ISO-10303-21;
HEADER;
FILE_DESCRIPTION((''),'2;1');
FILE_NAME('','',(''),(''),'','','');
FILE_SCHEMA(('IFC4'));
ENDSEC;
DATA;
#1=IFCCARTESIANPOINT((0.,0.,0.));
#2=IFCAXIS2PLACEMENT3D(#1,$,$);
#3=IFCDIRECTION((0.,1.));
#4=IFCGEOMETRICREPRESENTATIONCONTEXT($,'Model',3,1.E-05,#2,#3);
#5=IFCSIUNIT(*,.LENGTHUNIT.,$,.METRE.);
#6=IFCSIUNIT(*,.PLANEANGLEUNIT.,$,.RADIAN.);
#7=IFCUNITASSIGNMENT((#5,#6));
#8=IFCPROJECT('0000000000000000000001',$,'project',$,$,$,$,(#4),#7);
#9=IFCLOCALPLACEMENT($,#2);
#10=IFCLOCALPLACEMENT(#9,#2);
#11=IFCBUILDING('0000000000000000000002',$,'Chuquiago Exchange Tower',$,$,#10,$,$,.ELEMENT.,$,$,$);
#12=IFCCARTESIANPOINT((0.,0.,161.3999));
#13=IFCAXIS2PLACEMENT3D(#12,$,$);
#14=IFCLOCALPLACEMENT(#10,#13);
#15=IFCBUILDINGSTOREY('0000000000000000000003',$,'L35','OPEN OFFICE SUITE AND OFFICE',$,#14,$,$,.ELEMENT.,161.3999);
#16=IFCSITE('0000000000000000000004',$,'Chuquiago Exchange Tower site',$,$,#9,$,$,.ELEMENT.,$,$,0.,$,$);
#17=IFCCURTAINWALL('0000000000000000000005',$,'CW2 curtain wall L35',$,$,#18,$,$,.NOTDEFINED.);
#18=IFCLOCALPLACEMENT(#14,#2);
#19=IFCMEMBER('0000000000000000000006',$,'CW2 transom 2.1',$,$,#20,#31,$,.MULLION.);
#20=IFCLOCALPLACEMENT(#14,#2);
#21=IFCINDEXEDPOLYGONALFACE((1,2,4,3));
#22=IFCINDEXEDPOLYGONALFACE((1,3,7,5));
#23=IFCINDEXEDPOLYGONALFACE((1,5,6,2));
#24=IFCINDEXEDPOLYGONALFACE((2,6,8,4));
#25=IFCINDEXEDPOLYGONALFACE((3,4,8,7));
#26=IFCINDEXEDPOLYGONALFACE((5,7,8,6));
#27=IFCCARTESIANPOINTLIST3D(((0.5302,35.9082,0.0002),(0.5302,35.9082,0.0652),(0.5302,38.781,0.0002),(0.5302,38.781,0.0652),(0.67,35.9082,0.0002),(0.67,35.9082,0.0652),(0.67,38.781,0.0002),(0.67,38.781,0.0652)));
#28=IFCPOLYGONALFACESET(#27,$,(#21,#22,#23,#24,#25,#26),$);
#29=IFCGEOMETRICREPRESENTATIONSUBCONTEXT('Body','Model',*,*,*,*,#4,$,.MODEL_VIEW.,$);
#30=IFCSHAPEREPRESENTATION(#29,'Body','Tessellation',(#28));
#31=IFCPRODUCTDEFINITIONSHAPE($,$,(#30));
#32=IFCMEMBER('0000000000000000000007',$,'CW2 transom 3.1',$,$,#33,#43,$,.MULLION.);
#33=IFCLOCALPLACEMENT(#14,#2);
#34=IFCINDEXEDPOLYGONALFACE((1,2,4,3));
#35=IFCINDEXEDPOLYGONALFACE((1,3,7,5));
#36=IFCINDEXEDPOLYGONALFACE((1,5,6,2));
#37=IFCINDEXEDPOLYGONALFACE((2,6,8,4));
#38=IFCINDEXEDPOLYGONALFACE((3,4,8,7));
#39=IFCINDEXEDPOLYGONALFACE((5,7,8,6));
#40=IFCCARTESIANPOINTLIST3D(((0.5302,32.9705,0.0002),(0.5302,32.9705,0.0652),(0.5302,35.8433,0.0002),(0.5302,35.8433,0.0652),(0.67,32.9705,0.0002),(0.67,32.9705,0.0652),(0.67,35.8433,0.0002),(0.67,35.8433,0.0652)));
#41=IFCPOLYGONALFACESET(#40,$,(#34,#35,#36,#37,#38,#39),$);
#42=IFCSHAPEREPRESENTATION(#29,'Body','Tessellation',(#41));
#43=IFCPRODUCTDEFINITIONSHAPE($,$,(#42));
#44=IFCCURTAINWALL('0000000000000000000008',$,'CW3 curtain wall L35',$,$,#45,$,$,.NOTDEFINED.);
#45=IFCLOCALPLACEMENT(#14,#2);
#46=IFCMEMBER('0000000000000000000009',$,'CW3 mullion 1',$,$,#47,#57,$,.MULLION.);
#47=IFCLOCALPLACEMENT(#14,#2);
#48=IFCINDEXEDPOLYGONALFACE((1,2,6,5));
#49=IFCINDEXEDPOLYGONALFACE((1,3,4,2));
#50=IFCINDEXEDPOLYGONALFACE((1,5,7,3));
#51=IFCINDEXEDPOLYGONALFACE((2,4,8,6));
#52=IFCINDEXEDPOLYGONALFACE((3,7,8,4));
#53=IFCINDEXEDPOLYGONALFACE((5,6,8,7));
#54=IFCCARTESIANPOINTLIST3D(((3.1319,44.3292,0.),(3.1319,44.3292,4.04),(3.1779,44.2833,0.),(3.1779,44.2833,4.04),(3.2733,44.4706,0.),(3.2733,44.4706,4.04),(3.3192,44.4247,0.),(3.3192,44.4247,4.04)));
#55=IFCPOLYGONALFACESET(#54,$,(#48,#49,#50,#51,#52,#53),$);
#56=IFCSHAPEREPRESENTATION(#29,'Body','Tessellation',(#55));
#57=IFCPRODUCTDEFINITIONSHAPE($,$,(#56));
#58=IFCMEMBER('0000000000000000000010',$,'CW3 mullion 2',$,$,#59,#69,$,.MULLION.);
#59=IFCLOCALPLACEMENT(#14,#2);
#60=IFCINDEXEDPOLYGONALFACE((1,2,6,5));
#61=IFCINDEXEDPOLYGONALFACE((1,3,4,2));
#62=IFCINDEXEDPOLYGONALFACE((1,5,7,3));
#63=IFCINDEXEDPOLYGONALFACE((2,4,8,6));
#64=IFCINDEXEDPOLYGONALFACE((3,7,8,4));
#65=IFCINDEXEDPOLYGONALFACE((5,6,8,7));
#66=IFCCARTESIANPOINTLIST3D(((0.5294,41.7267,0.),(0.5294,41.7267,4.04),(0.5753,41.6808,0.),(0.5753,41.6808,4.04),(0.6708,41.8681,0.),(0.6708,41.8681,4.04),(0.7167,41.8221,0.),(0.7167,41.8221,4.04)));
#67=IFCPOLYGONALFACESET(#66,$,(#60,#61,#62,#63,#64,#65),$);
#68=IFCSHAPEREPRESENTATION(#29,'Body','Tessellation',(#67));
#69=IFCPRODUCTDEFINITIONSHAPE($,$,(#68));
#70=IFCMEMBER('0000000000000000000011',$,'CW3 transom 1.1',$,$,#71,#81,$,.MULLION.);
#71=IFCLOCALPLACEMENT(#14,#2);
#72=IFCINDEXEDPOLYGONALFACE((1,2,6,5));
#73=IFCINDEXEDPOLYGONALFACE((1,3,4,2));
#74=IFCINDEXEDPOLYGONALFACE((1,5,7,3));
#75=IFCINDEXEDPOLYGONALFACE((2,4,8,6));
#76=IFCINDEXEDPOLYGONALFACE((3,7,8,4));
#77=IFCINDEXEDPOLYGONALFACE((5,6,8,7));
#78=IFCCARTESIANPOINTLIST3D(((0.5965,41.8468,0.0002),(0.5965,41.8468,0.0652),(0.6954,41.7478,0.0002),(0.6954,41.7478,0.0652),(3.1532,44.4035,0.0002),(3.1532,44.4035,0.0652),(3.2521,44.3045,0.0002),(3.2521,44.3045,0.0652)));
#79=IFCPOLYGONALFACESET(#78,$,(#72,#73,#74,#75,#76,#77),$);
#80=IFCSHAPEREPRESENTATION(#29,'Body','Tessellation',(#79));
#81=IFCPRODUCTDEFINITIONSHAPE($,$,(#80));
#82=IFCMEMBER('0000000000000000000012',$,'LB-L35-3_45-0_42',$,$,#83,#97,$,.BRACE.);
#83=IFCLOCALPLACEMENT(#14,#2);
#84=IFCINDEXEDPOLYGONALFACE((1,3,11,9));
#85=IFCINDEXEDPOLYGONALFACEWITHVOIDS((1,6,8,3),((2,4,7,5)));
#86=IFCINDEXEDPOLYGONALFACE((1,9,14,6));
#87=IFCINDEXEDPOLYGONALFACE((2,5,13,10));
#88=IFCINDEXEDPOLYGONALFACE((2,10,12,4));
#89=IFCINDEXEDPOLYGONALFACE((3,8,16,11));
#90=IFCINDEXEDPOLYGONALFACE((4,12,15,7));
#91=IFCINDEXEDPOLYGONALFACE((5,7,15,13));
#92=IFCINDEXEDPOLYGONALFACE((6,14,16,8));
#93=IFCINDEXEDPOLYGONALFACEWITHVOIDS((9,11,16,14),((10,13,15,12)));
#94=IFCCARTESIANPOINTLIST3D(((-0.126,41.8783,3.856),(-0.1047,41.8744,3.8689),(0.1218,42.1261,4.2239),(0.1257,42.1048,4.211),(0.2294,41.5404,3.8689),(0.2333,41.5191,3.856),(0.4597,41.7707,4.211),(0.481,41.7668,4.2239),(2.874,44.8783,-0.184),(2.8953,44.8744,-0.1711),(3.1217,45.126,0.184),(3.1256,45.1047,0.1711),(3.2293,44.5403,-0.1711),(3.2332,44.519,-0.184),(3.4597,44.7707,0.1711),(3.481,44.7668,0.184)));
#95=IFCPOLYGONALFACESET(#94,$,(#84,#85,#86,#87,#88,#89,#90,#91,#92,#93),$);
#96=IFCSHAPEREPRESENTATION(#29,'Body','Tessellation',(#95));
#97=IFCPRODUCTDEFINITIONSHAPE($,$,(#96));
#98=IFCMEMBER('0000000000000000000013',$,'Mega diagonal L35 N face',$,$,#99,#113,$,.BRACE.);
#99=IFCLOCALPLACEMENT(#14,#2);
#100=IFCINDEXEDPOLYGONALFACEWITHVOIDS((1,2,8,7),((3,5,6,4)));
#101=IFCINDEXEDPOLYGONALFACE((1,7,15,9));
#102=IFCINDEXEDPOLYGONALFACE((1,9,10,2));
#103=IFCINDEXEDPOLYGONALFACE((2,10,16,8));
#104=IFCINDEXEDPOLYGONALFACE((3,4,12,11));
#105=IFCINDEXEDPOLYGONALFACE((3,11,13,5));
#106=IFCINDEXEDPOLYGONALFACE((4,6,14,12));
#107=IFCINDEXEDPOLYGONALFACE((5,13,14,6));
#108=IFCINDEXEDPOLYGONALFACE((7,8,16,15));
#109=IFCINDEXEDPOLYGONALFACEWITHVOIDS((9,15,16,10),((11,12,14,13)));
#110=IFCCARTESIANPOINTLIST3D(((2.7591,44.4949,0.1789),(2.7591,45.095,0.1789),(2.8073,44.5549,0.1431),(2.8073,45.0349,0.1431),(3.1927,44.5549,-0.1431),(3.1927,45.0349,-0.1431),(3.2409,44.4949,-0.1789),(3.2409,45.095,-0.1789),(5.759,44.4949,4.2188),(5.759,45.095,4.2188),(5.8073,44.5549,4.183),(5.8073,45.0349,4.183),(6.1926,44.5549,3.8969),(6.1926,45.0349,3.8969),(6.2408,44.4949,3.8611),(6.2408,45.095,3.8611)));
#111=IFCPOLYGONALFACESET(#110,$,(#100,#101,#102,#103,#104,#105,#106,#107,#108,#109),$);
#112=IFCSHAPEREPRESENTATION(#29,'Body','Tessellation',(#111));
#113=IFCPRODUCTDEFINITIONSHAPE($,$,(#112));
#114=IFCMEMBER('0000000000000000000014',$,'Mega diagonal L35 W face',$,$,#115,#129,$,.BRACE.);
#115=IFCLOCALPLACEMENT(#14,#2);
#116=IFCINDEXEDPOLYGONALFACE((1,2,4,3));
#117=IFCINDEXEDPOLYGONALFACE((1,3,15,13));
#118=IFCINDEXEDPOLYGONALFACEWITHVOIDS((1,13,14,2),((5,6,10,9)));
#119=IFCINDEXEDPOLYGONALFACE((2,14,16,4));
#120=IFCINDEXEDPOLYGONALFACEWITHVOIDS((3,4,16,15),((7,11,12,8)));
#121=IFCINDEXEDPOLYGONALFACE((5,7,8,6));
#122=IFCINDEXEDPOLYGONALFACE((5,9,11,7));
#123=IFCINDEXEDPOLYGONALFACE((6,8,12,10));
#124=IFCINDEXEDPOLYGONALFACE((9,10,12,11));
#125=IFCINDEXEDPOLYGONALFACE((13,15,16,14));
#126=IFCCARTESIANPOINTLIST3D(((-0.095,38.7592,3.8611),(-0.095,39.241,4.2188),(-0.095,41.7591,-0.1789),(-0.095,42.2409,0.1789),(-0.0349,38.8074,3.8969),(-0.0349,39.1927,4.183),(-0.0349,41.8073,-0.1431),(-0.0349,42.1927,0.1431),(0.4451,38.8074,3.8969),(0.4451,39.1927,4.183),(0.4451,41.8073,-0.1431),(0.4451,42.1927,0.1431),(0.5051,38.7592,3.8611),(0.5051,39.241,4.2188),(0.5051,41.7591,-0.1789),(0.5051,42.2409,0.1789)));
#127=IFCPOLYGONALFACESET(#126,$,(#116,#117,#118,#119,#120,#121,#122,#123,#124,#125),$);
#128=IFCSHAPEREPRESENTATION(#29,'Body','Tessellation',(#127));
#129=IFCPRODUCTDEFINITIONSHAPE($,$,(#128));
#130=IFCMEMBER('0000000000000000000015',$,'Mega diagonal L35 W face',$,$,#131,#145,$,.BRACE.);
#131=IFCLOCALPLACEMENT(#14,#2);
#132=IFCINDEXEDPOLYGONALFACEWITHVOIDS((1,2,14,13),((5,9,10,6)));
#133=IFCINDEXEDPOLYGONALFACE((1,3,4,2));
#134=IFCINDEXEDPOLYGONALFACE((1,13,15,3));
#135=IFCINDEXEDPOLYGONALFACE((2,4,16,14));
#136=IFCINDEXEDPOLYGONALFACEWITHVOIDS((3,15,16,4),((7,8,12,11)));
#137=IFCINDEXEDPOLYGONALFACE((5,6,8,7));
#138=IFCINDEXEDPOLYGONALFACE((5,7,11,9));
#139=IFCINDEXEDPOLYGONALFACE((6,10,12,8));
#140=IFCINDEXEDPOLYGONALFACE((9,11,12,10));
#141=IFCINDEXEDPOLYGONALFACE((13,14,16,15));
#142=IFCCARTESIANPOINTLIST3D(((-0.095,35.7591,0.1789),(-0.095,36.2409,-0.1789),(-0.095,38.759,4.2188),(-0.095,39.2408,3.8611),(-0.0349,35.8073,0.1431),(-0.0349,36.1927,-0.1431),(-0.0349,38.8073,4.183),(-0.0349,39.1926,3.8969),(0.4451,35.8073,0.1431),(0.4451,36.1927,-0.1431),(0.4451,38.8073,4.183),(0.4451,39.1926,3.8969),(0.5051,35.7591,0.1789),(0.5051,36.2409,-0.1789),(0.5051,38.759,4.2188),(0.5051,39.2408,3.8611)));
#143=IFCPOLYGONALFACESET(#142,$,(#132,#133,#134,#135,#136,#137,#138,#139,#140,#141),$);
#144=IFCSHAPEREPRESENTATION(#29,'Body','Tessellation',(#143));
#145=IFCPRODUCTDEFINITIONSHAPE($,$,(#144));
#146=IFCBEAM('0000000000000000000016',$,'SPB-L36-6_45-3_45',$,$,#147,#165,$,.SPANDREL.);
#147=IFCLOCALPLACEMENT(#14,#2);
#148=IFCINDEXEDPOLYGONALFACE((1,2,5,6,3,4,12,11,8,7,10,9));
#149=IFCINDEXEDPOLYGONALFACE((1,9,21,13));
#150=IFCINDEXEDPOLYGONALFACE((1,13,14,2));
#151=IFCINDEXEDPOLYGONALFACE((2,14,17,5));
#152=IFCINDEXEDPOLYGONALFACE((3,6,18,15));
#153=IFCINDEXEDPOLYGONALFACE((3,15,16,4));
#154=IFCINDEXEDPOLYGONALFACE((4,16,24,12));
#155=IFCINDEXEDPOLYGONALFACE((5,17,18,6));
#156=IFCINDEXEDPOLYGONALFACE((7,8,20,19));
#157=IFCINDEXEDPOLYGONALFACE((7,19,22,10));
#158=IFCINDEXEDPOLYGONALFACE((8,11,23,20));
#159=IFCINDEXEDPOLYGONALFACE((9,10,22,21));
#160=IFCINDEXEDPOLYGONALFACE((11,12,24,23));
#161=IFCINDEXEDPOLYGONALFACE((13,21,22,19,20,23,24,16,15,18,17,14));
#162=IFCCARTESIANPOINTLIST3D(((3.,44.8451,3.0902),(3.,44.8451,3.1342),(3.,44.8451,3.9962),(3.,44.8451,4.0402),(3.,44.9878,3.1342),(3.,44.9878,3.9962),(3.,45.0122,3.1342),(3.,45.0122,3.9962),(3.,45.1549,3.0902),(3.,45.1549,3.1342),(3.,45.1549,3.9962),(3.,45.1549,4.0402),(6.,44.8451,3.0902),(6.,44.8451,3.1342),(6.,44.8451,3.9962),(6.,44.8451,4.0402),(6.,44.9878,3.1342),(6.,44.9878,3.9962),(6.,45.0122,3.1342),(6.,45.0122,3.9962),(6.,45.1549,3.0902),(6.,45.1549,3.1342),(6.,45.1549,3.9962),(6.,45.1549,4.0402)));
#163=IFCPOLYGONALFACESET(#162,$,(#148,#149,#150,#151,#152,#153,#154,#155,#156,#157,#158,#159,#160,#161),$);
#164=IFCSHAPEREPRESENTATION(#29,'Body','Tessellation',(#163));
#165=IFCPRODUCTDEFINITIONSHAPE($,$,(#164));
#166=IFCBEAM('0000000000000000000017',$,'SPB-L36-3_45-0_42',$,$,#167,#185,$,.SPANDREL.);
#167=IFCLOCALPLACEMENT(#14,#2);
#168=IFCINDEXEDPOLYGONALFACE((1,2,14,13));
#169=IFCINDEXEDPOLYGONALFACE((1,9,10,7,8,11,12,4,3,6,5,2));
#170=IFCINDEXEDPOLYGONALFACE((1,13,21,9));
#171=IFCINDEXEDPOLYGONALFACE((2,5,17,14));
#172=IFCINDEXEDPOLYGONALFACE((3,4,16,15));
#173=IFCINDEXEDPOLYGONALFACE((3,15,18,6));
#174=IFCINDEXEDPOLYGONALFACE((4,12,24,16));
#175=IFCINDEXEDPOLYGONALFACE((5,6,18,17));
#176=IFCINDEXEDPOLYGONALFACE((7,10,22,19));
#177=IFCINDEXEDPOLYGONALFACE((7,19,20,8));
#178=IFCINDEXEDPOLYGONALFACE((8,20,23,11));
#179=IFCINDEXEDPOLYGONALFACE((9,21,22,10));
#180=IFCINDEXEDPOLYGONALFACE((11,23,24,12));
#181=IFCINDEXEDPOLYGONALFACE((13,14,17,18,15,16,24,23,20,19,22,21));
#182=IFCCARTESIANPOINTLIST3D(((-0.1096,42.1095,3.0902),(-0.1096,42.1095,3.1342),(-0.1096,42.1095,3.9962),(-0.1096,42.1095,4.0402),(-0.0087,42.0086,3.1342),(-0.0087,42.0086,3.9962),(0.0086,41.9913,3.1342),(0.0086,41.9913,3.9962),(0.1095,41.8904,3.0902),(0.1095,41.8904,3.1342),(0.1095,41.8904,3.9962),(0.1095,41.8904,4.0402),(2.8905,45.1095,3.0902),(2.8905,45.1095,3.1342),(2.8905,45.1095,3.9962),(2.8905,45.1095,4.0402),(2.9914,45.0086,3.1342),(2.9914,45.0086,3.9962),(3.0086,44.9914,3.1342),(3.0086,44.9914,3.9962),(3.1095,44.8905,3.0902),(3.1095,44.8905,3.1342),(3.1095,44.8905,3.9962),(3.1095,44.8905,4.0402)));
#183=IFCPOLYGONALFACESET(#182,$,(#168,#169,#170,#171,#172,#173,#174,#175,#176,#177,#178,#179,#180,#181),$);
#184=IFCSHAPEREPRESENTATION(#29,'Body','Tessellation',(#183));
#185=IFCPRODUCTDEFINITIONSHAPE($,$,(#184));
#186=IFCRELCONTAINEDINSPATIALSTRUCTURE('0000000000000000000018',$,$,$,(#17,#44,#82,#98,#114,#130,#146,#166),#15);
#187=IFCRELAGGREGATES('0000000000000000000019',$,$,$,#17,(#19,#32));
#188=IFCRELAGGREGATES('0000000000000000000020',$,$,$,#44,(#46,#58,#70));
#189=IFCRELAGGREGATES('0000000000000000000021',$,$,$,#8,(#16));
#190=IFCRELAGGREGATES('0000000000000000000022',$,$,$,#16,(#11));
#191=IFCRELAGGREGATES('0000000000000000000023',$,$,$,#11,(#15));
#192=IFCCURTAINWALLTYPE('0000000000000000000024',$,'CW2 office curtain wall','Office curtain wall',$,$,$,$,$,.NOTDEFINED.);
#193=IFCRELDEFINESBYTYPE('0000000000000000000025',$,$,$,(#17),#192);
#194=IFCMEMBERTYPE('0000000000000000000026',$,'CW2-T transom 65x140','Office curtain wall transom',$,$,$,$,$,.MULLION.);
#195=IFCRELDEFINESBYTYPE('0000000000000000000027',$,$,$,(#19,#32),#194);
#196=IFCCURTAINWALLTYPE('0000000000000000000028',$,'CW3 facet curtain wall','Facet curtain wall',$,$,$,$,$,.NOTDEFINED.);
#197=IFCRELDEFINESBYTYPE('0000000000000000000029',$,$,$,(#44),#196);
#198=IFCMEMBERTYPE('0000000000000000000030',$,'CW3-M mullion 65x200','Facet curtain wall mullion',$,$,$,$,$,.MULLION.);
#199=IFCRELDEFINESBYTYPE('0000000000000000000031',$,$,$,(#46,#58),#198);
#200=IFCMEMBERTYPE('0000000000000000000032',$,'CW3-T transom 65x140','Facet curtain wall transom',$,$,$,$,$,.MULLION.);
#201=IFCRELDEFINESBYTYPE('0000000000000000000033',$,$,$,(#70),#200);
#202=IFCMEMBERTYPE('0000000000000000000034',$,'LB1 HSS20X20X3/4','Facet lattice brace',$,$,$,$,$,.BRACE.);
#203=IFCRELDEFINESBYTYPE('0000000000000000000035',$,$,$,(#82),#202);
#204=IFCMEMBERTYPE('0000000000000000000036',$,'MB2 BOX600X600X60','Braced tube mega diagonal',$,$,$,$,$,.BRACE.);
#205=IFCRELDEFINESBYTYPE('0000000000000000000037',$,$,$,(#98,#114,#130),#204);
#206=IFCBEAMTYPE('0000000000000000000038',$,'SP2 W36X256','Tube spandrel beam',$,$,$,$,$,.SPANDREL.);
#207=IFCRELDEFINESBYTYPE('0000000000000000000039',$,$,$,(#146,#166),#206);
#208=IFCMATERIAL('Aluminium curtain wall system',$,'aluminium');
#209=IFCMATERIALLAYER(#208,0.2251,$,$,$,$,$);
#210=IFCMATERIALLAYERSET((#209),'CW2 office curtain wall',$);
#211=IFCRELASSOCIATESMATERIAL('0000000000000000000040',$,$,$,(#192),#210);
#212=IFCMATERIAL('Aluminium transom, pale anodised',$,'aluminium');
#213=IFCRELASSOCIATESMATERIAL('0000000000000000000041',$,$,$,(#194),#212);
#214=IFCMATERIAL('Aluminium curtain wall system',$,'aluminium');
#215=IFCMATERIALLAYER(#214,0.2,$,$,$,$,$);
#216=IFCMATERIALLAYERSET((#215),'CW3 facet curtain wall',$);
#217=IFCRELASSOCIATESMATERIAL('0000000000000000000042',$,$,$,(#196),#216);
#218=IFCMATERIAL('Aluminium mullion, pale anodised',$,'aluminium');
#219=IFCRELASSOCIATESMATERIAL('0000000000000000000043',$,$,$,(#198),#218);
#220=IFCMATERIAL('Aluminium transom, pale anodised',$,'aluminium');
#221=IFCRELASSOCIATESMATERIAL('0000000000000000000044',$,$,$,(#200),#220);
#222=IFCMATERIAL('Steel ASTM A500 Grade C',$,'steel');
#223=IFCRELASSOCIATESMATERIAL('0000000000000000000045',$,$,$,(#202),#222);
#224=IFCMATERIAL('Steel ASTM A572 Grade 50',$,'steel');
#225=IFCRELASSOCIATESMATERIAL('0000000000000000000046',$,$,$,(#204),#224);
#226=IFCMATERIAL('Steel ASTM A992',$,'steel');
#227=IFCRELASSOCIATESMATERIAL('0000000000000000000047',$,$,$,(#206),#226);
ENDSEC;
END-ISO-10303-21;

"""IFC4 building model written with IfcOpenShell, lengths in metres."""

from ifc_helpers import new_model, si_unit, direction, frame, origin, origin_2d, place, context, subcontext, project, spatial, rectangle, hollow_rectangle, i_section, extrude, material, layer, layer_set, material_profile, profile_set, type_object, element, aggregate, save


model = new_model("IFC4")

# Units and contexts
model_context = context("Model", 3, precision=1e-05, world=origin(), true_north=direction((0.0, 1.0)))
body_context = subcontext(model_context, "Body", "Model", "MODEL_VIEW")
ifc_project = project(units=[si_unit("LENGTHUNIT", "METRE"), si_unit("PLANEANGLEUNIT", "RADIAN")], contexts=[model_context])

# Site, building, storey
site_placement = place(None, origin())
site = spatial("IfcSite", under=ifc_project, at=site_placement, Name="Chuquiago Exchange Tower site", CompositionType="ELEMENT", RefElevation=0.0)
building_placement = place(site_placement, origin())
building = spatial("IfcBuilding", under=site, at=building_placement, Name="Chuquiago Exchange Tower", CompositionType="ELEMENT")
storey_placement = place(building_placement, frame((0.0, 0.0, 161.3999)))
storey = spatial("IfcBuildingStorey", under=building, at=storey_placement, Name="L35", Description="OPEN OFFICE SUITE AND OFFICE", CompositionType="ELEMENT", Elevation=161.3999)

# Curtain wall
ifc_material_1 = material(Name="Aluminium curtain wall system", Category="aluminium")
ifc_layer_1 = layer(ifc_material_1, 0.2251)
ifc_layer_set_1 = layer_set([ifc_layer_1], Name="CW2 office curtain wall")
curtain_wall_type_1 = type_object("IfcCurtainWallType", Name="CW2 office curtain wall", Description="Office curtain wall", PredefinedType="NOTDEFINED", material=ifc_layer_set_1)
curtain_wall_1_placement = place(storey_placement, origin())
curtain_wall_1 = element("IfcCurtainWall", 1, at=curtain_wall_1_placement, inside=storey, type_object=curtain_wall_type_1, Name="CW2 curtain wall L35", PredefinedType="NOTDEFINED")

# Members
ifc_material_2 = material(Name="Aluminium transom, pale anodised", Category="aluminium")
ifc_material_profile_1 = material_profile(ifc_material_2, rectangle(XDim=0.1399, YDim=0.0649, at=origin_2d()), Name="AL 140x65")
ifc_profile_set_1 = profile_set([ifc_material_profile_1], Name="Aluminium transom, pale anodised")
member_type_1 = type_object("IfcMemberType", Name="CW2-T transom 65x140", Description="Office curtain wall transom", PredefinedType="MULLION", material=ifc_profile_set_1)
member_1_placement = place(storey_placement, frame((0.6001, 38.781, 0.0327), z_axis=(0.0, -1.0, 0.0), x_axis=(1.0, 0.0, 0.0)))
member_1 = element("IfcMember", 2, at=member_1_placement, type_object=member_type_1, Name="CW2 transom 2.1", PredefinedType="MULLION", context=body_context, shape_type="SweptSolid", body=[
    extrude(rectangle(XDim=0.1399, YDim=0.0649, at=origin_2d()), origin(), (0.0, 0.0, 1.0), 2.8728),
])
member_2_placement = place(storey_placement, frame((0.6001, 35.8433, 0.0327), z_axis=(0.0, -1.0, 0.0), x_axis=(1.0, 0.0, 0.0)))
member_2 = element("IfcMember", 3, at=member_2_placement, type_object=member_type_1, Name="CW2 transom 3.1", PredefinedType="MULLION", context=body_context, shape_type="SweptSolid", body=[
    extrude(rectangle(XDim=0.1399, YDim=0.0649, at=origin_2d()), origin(), (0.0, 0.0, 1.0), 2.8728),
])

# Curtain wall, members
ifc_material_3 = material(Name="Aluminium curtain wall system", Category="aluminium")
ifc_layer_2 = layer(ifc_material_3, 0.2)
ifc_layer_set_2 = layer_set([ifc_layer_2], Name="CW3 facet curtain wall")
curtain_wall_type_2 = type_object("IfcCurtainWallType", Name="CW3 facet curtain wall", Description="Facet curtain wall", PredefinedType="NOTDEFINED", material=ifc_layer_set_2)
curtain_wall_2_placement = place(storey_placement, origin())
curtain_wall_2 = element("IfcCurtainWall", 4, at=curtain_wall_2_placement, inside=storey, type_object=curtain_wall_type_2, Name="CW3 curtain wall L35", PredefinedType="NOTDEFINED")
ifc_material_4 = material(Name="Aluminium mullion, pale anodised", Category="aluminium")
ifc_material_profile_2 = material_profile(ifc_material_4, rectangle(XDim=0.0649, YDim=0.2, at=origin_2d()), Name="AL 65x200")
ifc_profile_set_2 = profile_set([ifc_material_profile_2], Name="Aluminium mullion, pale anodised")
member_type_2 = type_object("IfcMemberType", Name="CW3-M mullion 65x200", Description="Facet curtain wall mullion", PredefinedType="MULLION", material=ifc_profile_set_2)
member_3_placement = place(storey_placement, frame((3.2256, 44.377, 0.0), z_axis=(0.0, 0.0, 1.0), x_axis=(0.707107, -0.707107, 0.0)))
member_3 = element("IfcMember", 5, at=member_3_placement, type_object=member_type_2, Name="CW3 mullion 1", PredefinedType="MULLION", context=body_context, shape_type="SweptSolid", body=[
    extrude(rectangle(XDim=0.0649, YDim=0.2, at=origin_2d()), origin(), (0.0, 0.0, 1.0), 4.04),
])
member_4_placement = place(storey_placement, frame((0.623, 41.7744, 0.0), z_axis=(0.0, 0.0, 1.0), x_axis=(0.707107, -0.707107, 0.0)))
member_4 = element("IfcMember", 6, at=member_4_placement, type_object=member_type_2, Name="CW3 mullion 2", PredefinedType="MULLION", context=body_context, shape_type="SweptSolid", body=[
    extrude(rectangle(XDim=0.0649, YDim=0.2, at=origin_2d()), origin(), (0.0, 0.0, 1.0), 4.04),
])
ifc_material_5 = material(Name="Aluminium transom, pale anodised", Category="aluminium")
ifc_material_profile_3 = material_profile(ifc_material_5, rectangle(XDim=0.1399, YDim=0.0649, at=origin_2d()), Name="AL 140x65")
ifc_profile_set_3 = profile_set([ifc_material_profile_3], Name="Aluminium transom, pale anodised")
member_type_3 = type_object("IfcMemberType", Name="CW3-T transom 65x140", Description="Facet curtain wall transom", PredefinedType="MULLION", material=ifc_profile_set_3)
member_5_placement = place(storey_placement, frame((3.2026, 44.354, 0.0327), z_axis=(-0.707107, -0.707107, 0.0), x_axis=(0.707107, -0.707107, 0.0)))
member_5 = element("IfcMember", 7, at=member_5_placement, type_object=member_type_3, Name="CW3 transom 1.1", PredefinedType="MULLION", context=body_context, shape_type="SweptSolid", body=[
    extrude(rectangle(XDim=0.1399, YDim=0.0649, at=origin_2d()), origin(), (0.0, 0.0, 1.0), 3.6157),
])

# Members
ifc_material_6 = material(Name="Steel ASTM A500 Grade C", Category="steel")
ifc_material_profile_4 = material_profile(ifc_material_6, hollow_rectangle(XDim=0.5081, YDim=0.5081, WallThickness=0.0178, at=origin_2d()), Name="HSS20X20X3/4")
ifc_profile_set_4 = profile_set([ifc_material_profile_4], Name="Steel ASTM A500 Grade C")
member_type_4 = type_object("IfcMemberType", Name="LB1 HSS20X20X3/4", Description="Facet lattice brace", PredefinedType="BRACE", material=ifc_profile_set_4)
member_6_placement = place(storey_placement, frame((3.1775, 44.8225, 0.0), z_axis=(-0.512077, -0.512077, 0.689604), x_axis=(0.707107, -0.707107, 0.0)))
element("IfcMember", 8, at=member_6_placement, inside=storey, type_object=member_type_4, Name="LB-L35-3_45-0_42", PredefinedType="BRACE", context=body_context, shape_type="SweptSolid", body=[
    extrude(hollow_rectangle(XDim=0.5081, YDim=0.5081, WallThickness=0.0178, at=origin_2d()), origin(), (0.0, 0.0, 1.0), 5.8584),
])
ifc_material_7 = material(Name="Steel ASTM A572 Grade 50", Category="steel")
ifc_material_profile_5 = material_profile(ifc_material_7, hollow_rectangle(XDim=0.6001, YDim=0.6001, WallThickness=0.0601, at=origin_2d()), Name="BOX600X600X60")
ifc_profile_set_5 = profile_set([ifc_material_profile_5], Name="Steel ASTM A572 Grade 50")
member_type_5 = type_object("IfcMemberType", Name="MB2 BOX600X600X60", Description="Braced tube mega diagonal", PredefinedType="BRACE", material=ifc_profile_set_5)
for number, where, z_axis, x_axis, name in (
    (9, (3.0, 44.7949, 0.0), (0.596174, 0.0, 0.802855), (0.0, 1.0, 0.0), "Mega diagonal L35 N face"),
    (10, (0.2051, 42.0, 0.0), (0.0, -0.596174, 0.802855), (1.0, 0.0, 0.0), "Mega diagonal L35 W face"),
    (11, (0.2051, 36.0, 0.0), (0.0, 0.596174, 0.802855), (-1.0, 0.0, 0.0), "Mega diagonal L35 W face"),
):
    element("IfcMember", number, at=place(storey_placement, frame(where, z_axis=z_axis, x_axis=x_axis)), inside=storey, type_object=member_type_5, Name=name, PredefinedType="BRACE", context=body_context, shape_type="SweptSolid", body=[
        extrude(hollow_rectangle(XDim=0.6001, YDim=0.6001, WallThickness=0.0601, at=origin_2d()), origin(), (0.0, 0.0, 1.0), 5.032),
    ])

# Beams
ifc_material_8 = material(Name="Steel ASTM A992", Category="steel")
ifc_material_profile_6 = material_profile(ifc_material_8, i_section(OverallWidth=0.3098, OverallDepth=0.95, WebThickness=0.0244, FlangeThickness=0.0439, at=origin_2d()), Name="W36X256")
ifc_profile_set_6 = profile_set([ifc_material_profile_6], Name="Steel ASTM A992")
beam_type = type_object("IfcBeamType", Name="SP2 W36X256", Description="Tube spandrel beam", PredefinedType="SPANDREL", material=ifc_profile_set_6)
beam_1_placement = place(storey_placement, frame((6.0, 45.0, 3.5652), z_axis=(-1.0, 0.0, 0.0), x_axis=(0.0, -1.0, 0.0)))
element("IfcBeam", 12, at=beam_1_placement, inside=storey, type_object=beam_type, Name="SPB-L36-6_45-3_45", PredefinedType="SPANDREL", context=body_context, shape_type="SweptSolid", body=[
    extrude(i_section(OverallWidth=0.3098, OverallDepth=0.95, WebThickness=0.0244, FlangeThickness=0.0439, at=origin_2d()), origin(), (0.0, 0.0, 1.0), 3.0),
])
beam_2_placement = place(storey_placement, frame((3.0, 45.0, 3.5652), z_axis=(-0.707107, -0.707107, 0.0), x_axis=(0.707107, -0.707107, 0.0)))
element("IfcBeam", 13, at=beam_2_placement, inside=storey, type_object=beam_type, Name="SPB-L36-3_45-0_42", PredefinedType="SPANDREL", context=body_context, shape_type="SweptSolid", body=[
    extrude(i_section(OverallWidth=0.3098, OverallDepth=0.95, WebThickness=0.0244, FlangeThickness=0.0439, at=origin_2d()), origin(), (0.0, 0.0, 1.0), 4.2427),
])

aggregate(curtain_wall_1, [member_1, member_2])
aggregate(curtain_wall_2, [member_3, member_4, member_5])

save(model, "model.ifc")
